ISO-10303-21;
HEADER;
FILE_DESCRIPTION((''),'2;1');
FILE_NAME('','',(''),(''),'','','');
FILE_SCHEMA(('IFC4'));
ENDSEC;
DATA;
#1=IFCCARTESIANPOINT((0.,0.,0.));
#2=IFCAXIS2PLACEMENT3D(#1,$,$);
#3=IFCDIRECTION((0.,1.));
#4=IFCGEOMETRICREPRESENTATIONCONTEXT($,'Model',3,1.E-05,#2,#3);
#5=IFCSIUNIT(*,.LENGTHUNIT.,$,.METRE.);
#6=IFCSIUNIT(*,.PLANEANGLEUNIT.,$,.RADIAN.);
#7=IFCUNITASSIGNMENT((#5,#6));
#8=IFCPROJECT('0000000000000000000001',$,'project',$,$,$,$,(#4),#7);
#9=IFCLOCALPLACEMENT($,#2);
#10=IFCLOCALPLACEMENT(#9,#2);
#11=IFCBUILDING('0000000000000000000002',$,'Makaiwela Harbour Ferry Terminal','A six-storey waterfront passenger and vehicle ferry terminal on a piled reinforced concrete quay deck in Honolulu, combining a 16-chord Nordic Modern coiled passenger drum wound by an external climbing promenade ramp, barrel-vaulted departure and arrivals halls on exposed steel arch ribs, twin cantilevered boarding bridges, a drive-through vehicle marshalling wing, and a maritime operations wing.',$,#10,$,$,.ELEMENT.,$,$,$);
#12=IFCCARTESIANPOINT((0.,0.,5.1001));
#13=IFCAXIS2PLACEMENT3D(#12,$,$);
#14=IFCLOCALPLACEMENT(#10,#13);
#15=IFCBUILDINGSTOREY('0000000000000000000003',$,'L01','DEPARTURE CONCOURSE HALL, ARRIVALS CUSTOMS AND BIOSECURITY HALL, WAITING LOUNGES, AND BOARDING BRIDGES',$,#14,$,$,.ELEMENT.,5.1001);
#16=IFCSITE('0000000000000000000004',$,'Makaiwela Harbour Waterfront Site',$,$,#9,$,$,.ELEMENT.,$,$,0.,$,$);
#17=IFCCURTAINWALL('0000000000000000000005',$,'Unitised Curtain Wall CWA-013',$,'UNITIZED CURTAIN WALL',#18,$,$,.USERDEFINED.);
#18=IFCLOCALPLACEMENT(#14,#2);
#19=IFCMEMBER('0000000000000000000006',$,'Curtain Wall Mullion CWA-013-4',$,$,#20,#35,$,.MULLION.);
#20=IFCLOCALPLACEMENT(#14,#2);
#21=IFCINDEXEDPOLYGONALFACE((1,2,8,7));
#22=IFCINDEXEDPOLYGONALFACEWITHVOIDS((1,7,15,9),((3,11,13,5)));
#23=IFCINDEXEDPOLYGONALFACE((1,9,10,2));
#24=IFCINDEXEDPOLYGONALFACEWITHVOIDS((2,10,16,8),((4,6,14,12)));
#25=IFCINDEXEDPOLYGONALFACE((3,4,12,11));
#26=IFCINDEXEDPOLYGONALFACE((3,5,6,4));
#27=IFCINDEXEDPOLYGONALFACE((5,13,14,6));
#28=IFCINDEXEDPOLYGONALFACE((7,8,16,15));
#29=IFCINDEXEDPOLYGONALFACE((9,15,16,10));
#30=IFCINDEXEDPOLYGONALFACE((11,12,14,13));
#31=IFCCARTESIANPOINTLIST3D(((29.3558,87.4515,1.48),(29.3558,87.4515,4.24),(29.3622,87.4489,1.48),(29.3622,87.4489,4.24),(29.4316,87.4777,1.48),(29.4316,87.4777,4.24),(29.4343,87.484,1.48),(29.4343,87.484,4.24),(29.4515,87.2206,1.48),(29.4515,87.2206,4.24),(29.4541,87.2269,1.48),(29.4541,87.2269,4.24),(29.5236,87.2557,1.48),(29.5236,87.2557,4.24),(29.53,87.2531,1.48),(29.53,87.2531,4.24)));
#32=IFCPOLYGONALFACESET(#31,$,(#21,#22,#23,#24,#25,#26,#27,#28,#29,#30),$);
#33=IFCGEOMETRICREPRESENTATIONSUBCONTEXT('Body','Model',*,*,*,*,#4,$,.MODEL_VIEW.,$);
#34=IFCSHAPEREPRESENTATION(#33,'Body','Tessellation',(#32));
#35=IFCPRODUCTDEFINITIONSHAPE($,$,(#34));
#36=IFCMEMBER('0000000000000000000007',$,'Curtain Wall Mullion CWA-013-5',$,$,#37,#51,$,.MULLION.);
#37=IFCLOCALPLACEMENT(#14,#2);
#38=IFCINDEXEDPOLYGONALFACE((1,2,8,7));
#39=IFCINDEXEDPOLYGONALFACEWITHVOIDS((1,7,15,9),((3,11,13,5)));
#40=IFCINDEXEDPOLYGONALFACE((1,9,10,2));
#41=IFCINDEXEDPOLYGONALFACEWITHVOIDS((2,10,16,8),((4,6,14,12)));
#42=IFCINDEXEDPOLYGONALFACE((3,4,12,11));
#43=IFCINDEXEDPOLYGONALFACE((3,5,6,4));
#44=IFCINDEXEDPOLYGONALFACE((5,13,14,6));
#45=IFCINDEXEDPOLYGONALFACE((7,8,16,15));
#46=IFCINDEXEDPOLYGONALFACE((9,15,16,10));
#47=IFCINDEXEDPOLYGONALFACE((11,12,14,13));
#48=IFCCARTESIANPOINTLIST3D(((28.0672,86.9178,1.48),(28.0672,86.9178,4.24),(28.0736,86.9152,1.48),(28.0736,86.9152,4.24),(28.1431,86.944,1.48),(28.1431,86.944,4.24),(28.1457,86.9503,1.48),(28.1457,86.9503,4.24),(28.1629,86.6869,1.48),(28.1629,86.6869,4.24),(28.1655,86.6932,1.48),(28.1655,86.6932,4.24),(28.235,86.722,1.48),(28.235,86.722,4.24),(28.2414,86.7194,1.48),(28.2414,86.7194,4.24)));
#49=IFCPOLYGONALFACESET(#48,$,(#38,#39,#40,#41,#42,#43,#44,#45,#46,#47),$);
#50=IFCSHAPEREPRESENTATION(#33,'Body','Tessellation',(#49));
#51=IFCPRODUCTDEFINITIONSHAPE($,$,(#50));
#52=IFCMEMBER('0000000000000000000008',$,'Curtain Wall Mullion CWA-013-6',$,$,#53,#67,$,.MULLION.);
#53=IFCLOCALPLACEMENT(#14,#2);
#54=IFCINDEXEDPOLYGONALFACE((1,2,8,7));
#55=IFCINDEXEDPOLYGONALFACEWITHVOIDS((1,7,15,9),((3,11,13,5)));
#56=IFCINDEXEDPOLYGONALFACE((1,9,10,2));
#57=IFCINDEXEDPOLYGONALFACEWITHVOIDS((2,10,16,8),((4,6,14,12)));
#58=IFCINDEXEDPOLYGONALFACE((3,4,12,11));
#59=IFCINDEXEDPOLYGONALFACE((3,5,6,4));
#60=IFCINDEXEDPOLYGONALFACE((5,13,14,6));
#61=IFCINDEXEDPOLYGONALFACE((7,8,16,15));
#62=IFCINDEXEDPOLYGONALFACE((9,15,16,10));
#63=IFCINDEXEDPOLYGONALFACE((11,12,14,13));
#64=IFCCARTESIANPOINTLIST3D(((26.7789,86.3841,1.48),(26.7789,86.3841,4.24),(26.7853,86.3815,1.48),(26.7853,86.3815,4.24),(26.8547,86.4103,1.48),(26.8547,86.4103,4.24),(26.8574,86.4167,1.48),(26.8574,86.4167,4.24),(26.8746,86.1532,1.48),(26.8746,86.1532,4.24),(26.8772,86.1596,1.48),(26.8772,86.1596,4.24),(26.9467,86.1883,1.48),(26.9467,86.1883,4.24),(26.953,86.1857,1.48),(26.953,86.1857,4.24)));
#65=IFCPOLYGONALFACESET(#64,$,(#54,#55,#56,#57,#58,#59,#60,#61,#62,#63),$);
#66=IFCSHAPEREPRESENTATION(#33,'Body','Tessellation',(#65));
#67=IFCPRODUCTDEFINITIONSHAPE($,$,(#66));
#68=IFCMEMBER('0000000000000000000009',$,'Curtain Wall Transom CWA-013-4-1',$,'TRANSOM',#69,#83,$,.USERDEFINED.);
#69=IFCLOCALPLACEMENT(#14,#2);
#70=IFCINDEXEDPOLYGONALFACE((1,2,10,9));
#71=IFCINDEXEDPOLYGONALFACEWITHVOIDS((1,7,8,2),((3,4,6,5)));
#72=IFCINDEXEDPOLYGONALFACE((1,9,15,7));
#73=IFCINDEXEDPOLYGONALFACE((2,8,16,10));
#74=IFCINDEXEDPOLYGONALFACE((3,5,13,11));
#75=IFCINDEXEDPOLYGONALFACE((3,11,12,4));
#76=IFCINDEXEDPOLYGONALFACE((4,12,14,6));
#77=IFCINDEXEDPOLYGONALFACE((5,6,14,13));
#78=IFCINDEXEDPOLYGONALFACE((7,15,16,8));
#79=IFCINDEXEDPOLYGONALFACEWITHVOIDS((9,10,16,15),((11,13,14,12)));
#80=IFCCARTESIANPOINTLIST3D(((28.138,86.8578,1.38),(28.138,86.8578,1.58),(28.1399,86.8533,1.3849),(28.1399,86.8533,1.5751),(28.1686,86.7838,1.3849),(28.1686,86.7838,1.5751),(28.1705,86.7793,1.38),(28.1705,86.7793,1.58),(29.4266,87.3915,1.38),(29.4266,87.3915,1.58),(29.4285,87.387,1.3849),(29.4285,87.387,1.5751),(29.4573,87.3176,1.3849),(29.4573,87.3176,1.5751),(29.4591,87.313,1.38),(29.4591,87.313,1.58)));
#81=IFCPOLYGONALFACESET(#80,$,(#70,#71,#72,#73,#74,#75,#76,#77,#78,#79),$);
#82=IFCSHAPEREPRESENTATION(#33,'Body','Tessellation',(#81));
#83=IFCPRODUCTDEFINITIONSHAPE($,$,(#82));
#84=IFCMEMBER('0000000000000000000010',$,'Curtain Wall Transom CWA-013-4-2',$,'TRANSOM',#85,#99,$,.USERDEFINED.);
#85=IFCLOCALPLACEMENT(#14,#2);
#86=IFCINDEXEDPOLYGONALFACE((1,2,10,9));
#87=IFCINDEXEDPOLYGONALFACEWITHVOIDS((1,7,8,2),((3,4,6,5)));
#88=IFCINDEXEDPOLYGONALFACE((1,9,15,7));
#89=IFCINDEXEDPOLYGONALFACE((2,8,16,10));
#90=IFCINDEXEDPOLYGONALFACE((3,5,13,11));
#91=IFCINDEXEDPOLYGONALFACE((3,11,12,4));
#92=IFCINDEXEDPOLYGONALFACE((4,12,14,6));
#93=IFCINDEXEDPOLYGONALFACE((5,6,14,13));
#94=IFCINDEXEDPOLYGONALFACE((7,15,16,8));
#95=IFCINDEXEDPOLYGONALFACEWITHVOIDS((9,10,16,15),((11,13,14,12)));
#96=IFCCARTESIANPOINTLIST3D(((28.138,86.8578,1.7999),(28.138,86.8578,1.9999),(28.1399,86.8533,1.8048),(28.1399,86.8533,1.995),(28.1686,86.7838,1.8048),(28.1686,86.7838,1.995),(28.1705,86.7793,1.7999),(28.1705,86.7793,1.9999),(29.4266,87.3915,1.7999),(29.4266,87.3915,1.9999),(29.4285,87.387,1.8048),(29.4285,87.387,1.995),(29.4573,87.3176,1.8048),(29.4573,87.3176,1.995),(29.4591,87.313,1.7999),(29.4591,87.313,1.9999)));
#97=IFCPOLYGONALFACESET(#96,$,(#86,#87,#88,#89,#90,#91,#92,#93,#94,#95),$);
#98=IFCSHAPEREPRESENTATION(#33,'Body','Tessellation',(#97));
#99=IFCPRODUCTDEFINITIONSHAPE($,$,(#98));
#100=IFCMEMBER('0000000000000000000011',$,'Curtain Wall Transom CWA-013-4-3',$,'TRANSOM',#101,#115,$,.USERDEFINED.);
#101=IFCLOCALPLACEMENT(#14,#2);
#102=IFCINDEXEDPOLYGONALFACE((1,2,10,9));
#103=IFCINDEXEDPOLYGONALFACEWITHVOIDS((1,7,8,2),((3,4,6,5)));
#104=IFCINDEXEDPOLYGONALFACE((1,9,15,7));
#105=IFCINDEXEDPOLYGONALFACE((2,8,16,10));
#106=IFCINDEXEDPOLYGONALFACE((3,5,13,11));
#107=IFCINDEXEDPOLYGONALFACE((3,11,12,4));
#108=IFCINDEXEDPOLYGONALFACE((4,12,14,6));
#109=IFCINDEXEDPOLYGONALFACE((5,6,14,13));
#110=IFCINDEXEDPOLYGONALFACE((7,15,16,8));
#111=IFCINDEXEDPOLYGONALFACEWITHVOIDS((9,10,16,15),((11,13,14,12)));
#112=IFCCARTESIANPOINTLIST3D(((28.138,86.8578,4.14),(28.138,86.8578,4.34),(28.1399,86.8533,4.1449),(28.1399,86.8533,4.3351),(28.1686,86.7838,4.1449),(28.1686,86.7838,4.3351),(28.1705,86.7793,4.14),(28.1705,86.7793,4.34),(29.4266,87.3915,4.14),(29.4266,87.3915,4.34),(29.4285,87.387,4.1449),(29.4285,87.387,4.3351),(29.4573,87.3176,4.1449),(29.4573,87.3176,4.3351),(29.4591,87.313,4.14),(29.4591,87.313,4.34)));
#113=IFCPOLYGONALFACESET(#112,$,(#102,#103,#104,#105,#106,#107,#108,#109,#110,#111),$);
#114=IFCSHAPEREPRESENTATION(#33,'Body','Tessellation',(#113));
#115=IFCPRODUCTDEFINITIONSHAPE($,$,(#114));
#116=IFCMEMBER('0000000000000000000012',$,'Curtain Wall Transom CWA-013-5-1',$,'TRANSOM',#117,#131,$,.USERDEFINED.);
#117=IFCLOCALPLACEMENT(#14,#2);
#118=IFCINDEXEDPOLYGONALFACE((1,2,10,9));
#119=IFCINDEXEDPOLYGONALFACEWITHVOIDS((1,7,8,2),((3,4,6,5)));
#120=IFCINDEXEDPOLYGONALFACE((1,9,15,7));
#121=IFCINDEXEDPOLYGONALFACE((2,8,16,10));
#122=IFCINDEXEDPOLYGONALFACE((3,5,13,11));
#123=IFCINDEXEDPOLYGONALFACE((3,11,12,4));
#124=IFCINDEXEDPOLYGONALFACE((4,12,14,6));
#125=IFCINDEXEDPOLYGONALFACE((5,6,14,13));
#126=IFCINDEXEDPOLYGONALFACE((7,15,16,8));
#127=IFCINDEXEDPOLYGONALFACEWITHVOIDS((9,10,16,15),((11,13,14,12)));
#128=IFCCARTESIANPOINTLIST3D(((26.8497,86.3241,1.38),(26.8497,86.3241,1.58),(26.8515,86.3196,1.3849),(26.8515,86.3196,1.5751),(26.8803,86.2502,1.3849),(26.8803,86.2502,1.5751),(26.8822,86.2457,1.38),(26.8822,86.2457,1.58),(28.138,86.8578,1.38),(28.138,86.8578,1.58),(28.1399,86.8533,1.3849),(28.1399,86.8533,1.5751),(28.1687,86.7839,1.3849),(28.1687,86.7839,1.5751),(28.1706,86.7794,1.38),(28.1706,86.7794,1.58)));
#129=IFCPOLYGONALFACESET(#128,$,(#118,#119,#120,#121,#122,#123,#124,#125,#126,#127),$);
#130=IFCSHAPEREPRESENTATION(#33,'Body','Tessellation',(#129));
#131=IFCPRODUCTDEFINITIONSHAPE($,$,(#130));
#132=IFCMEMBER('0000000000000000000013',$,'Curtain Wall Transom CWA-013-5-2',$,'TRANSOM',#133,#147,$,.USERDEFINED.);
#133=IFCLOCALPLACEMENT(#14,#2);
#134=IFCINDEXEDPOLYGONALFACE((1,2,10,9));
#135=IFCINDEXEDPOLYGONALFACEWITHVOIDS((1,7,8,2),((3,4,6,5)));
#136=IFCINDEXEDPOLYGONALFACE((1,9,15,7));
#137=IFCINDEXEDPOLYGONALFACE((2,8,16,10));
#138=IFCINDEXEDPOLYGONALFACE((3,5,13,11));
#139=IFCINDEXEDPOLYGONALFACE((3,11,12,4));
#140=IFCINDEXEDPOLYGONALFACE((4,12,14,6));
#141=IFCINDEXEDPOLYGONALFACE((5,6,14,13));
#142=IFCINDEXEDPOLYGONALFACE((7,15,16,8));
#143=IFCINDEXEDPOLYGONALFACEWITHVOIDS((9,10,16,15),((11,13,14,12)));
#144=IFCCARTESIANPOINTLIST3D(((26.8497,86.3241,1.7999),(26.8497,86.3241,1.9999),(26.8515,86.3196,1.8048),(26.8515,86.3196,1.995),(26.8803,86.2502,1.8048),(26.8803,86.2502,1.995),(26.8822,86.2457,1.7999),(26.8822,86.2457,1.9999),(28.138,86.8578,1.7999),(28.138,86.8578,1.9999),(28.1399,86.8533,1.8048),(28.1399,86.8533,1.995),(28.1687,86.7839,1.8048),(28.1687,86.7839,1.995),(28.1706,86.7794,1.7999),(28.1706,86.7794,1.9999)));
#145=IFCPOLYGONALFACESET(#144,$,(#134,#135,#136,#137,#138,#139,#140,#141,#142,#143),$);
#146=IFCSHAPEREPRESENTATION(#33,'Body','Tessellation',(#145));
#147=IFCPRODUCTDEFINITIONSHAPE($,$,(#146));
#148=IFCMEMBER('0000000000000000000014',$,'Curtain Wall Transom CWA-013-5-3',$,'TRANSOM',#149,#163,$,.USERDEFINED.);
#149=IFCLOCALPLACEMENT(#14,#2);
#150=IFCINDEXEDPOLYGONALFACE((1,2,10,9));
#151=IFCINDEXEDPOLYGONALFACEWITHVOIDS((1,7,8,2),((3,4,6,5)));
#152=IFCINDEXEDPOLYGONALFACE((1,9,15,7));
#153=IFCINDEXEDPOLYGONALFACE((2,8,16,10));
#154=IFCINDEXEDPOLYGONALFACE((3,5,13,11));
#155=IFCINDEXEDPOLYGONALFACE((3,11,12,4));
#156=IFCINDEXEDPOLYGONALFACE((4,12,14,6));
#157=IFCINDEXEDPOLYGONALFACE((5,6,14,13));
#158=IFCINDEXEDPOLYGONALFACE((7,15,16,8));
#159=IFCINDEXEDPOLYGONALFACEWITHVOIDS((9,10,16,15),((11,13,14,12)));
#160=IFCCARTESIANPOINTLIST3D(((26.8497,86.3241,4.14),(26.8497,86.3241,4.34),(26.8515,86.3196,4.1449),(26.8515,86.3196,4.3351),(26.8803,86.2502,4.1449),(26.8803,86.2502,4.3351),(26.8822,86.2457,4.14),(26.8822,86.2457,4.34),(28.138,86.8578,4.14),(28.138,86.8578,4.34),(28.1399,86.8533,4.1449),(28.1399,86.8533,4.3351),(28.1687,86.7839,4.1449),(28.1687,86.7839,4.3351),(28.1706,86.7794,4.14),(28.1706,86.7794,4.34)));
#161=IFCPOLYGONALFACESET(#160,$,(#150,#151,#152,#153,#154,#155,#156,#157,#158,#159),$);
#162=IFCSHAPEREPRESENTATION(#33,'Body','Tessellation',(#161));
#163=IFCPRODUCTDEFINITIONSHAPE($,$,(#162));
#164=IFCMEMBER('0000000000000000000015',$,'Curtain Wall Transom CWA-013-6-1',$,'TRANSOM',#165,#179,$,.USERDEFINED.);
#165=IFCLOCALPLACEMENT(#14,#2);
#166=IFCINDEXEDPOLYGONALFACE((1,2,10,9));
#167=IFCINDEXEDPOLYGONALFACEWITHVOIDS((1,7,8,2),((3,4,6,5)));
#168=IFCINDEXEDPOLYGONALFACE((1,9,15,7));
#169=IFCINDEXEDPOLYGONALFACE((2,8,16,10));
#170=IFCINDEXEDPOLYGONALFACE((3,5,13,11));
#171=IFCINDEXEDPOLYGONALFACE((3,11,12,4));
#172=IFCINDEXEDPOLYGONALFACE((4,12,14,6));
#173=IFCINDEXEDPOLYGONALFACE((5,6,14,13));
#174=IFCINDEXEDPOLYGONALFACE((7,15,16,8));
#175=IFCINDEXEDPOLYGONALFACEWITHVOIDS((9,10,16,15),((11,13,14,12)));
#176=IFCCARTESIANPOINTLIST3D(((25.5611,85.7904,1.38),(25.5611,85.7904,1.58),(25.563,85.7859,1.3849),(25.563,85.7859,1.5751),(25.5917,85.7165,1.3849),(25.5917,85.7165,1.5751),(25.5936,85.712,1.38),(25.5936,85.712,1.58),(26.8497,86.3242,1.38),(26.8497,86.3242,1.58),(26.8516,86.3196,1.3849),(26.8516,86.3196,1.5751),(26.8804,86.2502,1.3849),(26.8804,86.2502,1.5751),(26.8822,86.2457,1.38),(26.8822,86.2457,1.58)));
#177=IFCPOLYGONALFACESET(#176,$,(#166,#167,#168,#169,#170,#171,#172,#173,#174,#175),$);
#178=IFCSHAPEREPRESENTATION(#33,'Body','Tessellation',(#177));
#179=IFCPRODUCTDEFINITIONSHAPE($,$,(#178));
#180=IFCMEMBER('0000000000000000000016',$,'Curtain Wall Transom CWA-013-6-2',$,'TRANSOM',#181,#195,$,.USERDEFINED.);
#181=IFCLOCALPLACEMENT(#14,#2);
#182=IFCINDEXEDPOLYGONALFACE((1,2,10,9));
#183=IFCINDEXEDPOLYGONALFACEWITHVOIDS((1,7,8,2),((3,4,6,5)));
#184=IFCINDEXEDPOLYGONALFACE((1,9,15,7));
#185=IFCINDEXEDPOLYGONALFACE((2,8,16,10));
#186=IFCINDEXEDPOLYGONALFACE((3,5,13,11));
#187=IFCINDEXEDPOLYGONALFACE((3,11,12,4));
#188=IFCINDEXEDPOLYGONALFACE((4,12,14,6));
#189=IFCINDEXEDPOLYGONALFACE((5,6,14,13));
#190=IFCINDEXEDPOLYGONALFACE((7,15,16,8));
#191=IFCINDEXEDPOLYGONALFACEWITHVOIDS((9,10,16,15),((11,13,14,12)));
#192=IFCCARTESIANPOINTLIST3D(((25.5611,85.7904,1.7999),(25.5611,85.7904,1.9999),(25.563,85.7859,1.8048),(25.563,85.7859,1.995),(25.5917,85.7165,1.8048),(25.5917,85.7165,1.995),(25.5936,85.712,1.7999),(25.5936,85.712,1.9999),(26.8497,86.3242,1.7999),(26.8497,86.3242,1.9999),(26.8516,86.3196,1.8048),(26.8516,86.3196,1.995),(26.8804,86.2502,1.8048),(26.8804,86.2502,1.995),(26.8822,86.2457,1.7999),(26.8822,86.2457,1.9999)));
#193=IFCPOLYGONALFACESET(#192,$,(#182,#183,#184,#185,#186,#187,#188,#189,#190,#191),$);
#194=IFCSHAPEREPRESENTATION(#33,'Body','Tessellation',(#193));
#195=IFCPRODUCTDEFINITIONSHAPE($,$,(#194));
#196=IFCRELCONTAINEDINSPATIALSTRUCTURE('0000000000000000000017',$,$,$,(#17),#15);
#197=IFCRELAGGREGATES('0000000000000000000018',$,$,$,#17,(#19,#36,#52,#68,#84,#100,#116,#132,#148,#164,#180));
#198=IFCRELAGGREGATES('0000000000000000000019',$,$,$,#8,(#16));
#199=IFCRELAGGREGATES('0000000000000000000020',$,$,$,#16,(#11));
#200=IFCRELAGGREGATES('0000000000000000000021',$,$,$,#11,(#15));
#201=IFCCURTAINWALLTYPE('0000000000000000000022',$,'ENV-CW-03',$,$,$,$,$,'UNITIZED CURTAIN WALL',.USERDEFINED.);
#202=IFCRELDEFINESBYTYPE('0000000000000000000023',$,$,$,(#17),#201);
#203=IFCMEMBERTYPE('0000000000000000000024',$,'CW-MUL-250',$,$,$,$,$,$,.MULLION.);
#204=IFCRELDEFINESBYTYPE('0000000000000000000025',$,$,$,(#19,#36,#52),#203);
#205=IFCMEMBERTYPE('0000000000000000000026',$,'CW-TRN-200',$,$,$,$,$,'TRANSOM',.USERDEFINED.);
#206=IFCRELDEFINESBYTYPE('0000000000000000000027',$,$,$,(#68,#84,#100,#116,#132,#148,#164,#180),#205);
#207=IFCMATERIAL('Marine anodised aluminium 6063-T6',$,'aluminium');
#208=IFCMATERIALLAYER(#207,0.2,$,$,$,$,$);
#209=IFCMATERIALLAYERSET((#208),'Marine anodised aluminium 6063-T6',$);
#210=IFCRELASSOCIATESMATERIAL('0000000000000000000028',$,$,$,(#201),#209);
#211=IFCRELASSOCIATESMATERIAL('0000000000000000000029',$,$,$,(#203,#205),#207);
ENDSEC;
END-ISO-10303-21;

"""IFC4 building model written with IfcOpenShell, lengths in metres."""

from ifc_helpers import new_model, si_unit, direction, frame, origin, origin_2d, place, context, subcontext, project, spatial, hollow_rectangle, extrude, material, layer, layer_set, material_profile, profile_set, type_object, element, aggregate, save


model = new_model("IFC4")

# Units and contexts
model_context = context("Model", 3, precision=1e-05, world=origin(), true_north=direction((0.0, 1.0)))
body_context = subcontext(model_context, "Body", "Model", "MODEL_VIEW")
ifc_project = project(units=[si_unit("LENGTHUNIT", "METRE"), si_unit("PLANEANGLEUNIT", "RADIAN")], contexts=[model_context])

# Site, building, storey
site_placement = place(None, origin())
site = spatial("IfcSite", under=ifc_project, at=site_placement, Name="Makaiwela Harbour Waterfront Site", CompositionType="ELEMENT", RefElevation=0.0)
building_placement = place(site_placement, origin())
building = spatial("IfcBuilding", under=site, at=building_placement, Name="Makaiwela Harbour Ferry Terminal", Description="A six-storey waterfront passenger and vehicle ferry terminal on a piled reinforced concrete quay deck in Honolulu, combining a 16-chord Nordic Modern coiled passenger drum wound by an external climbing promenade ramp, barrel-vaulted departure and arrivals halls on exposed steel arch ribs, twin cantilevered boarding bridges, a drive-through vehicle marshalling wing, and a maritime operations wing.", CompositionType="ELEMENT")
storey_placement = place(building_placement, frame((0.0, 0.0, 5.1001)))
storey = spatial("IfcBuildingStorey", under=building, at=storey_placement, Name="L01", Description="DEPARTURE CONCOURSE HALL, ARRIVALS CUSTOMS AND BIOSECURITY HALL, WAITING LOUNGES, AND BOARDING BRIDGES", CompositionType="ELEMENT", Elevation=5.1001)

# Curtain wall, members
ifc_material_1 = material(Name="Marine anodised aluminium 6063-T6", Category="aluminium")
ifc_layer_1 = layer(ifc_material_1, 0.2)
ifc_layer_set_1 = layer_set([ifc_layer_1], Name="Marine anodised aluminium 6063-T6")
curtain_wall_type = type_object("IfcCurtainWallType", Name="ENV-CW-03", ElementType="UNITIZED CURTAIN WALL", PredefinedType="USERDEFINED", material=ifc_layer_set_1)
curtain_wall_placement = place(storey_placement, origin())
curtain_wall = element("IfcCurtainWall", 1, at=curtain_wall_placement, inside=storey, type_object=curtain_wall_type, Name="Unitised Curtain Wall CWA-013", ObjectType="UNITIZED CURTAIN WALL", PredefinedType="USERDEFINED")
ifc_material_profile_1 = material_profile(ifc_material_1, hollow_rectangle(XDim=0.085, YDim=0.25, WallThickness=0.0049, at=origin_2d()), Name="CWM-250X85")
ifc_profile_set_1 = profile_set([ifc_material_profile_1], Name="Marine anodised aluminium 6063-T6")
member_type_1 = type_object("IfcMemberType", Name="CW-MUL-250", PredefinedType="MULLION", material=ifc_profile_set_1)
member_1_placement = place(storey_placement, frame((29.4429, 87.3523, 1.48), z_axis=(0.0, 0.0, 1.0), x_axis=(0.92388, 0.382683, 0.0)))
member_1 = element("IfcMember", 2, at=member_1_placement, type_object=member_type_1, Name="Curtain Wall Mullion CWA-013-4", PredefinedType="MULLION", context=body_context, shape_type="SweptSolid", body=[
    extrude(hollow_rectangle(XDim=0.085, YDim=0.25, WallThickness=0.0049, at=origin_2d()), origin(), (0.0, 0.0, 1.0), 2.76),
])
member_2_placement = place(storey_placement, frame((28.1543, 86.8186, 1.48), z_axis=(0.0, 0.0, 1.0), x_axis=(0.92388, 0.382683, 0.0)))
member_2 = element("IfcMember", 3, at=member_2_placement, type_object=member_type_1, Name="Curtain Wall Mullion CWA-013-5", PredefinedType="MULLION", context=body_context, shape_type="SweptSolid", body=[
    extrude(hollow_rectangle(XDim=0.085, YDim=0.25, WallThickness=0.0049, at=origin_2d()), origin(), (0.0, 0.0, 1.0), 2.76),
])
member_3_placement = place(storey_placement, frame((26.866, 86.2849, 1.48), z_axis=(0.0, 0.0, 1.0), x_axis=(0.92388, 0.382683, 0.0)))
member_3 = element("IfcMember", 4, at=member_3_placement, type_object=member_type_1, Name="Curtain Wall Mullion CWA-013-6", PredefinedType="MULLION", context=body_context, shape_type="SweptSolid", body=[
    extrude(hollow_rectangle(XDim=0.085, YDim=0.25, WallThickness=0.0049, at=origin_2d()), origin(), (0.0, 0.0, 1.0), 2.76),
])
ifc_material_profile_2 = material_profile(ifc_material_1, hollow_rectangle(XDim=0.085, YDim=0.2, WallThickness=0.0049, at=origin_2d()), Name="CWT-200X85")
ifc_profile_set_2 = profile_set([ifc_material_profile_2], Name="Marine anodised aluminium 6063-T6")
member_type_2 = type_object("IfcMemberType", Name="CW-TRN-200", ElementType="TRANSOM", PredefinedType="USERDEFINED", material=ifc_profile_set_2)
member_4_placement = place(storey_placement, frame((29.4429, 87.3523, 1.48), z_axis=(-0.923893, -0.382651, 0.0), x_axis=(0.382651, -0.923893, 0.0)))
member_4 = element("IfcMember", 5, at=member_4_placement, type_object=member_type_2, Name="Curtain Wall Transom CWA-013-4-1", ObjectType="TRANSOM", PredefinedType="USERDEFINED", context=body_context, shape_type="SweptSolid", body=[
    extrude(hollow_rectangle(XDim=0.085, YDim=0.2, WallThickness=0.0049, at=origin_2d()), origin(), (0.0, 0.0, 1.0), 1.3948),
])
member_5_placement = place(storey_placement, frame((29.4429, 87.3523, 1.8999), z_axis=(-0.923893, -0.382651, 0.0), x_axis=(0.382651, -0.923893, 0.0)))
member_5 = element("IfcMember", 6, at=member_5_placement, type_object=member_type_2, Name="Curtain Wall Transom CWA-013-4-2", ObjectType="TRANSOM", PredefinedType="USERDEFINED", context=body_context, shape_type="SweptSolid", body=[
    extrude(hollow_rectangle(XDim=0.085, YDim=0.2, WallThickness=0.0049, at=origin_2d()), origin(), (0.0, 0.0, 1.0), 1.3948),
])
member_6_placement = place(storey_placement, frame((29.4429, 87.3523, 4.24), z_axis=(-0.923893, -0.382651, 0.0), x_axis=(0.382651, -0.923893, 0.0)))
member_6 = element("IfcMember", 7, at=member_6_placement, type_object=member_type_2, Name="Curtain Wall Transom CWA-013-4-3", ObjectType="TRANSOM", PredefinedType="USERDEFINED", context=body_context, shape_type="SweptSolid", body=[
    extrude(hollow_rectangle(XDim=0.085, YDim=0.2, WallThickness=0.0049, at=origin_2d()), origin(), (0.0, 0.0, 1.0), 1.3948),
])
member_7_placement = place(storey_placement, frame((28.1543, 86.8186, 1.48), z_axis=(-0.923867, -0.382713, 0.0), x_axis=(0.382713, -0.923867, 0.0)))
member_7 = element("IfcMember", 8, at=member_7_placement, type_object=member_type_2, Name="Curtain Wall Transom CWA-013-5-1", ObjectType="TRANSOM", PredefinedType="USERDEFINED", context=body_context, shape_type="SweptSolid", body=[
    extrude(hollow_rectangle(XDim=0.085, YDim=0.2, WallThickness=0.0049, at=origin_2d()), origin(), (0.0, 0.0, 1.0), 1.3945),
])
member_8_placement = place(storey_placement, frame((28.1543, 86.8186, 1.8999), z_axis=(-0.923867, -0.382713, 0.0), x_axis=(0.382713, -0.923867, 0.0)))
member_8 = element("IfcMember", 9, at=member_8_placement, type_object=member_type_2, Name="Curtain Wall Transom CWA-013-5-2", ObjectType="TRANSOM", PredefinedType="USERDEFINED", context=body_context, shape_type="SweptSolid", body=[
    extrude(hollow_rectangle(XDim=0.085, YDim=0.2, WallThickness=0.0049, at=origin_2d()), origin(), (0.0, 0.0, 1.0), 1.3945),
])
member_9_placement = place(storey_placement, frame((28.1543, 86.8186, 4.24), z_axis=(-0.923867, -0.382713, 0.0), x_axis=(0.382713, -0.923867, 0.0)))
member_9 = element("IfcMember", 10, at=member_9_placement, type_object=member_type_2, Name="Curtain Wall Transom CWA-013-5-3", ObjectType="TRANSOM", PredefinedType="USERDEFINED", context=body_context, shape_type="SweptSolid", body=[
    extrude(hollow_rectangle(XDim=0.085, YDim=0.2, WallThickness=0.0049, at=origin_2d()), origin(), (0.0, 0.0, 1.0), 1.3945),
])
member_10_placement = place(storey_placement, frame((26.866, 86.2849, 1.48), z_axis=(-0.923893, -0.382651, 0.0), x_axis=(0.382651, -0.923893, 0.0)))
member_10 = element("IfcMember", 11, at=member_10_placement, type_object=member_type_2, Name="Curtain Wall Transom CWA-013-6-1", ObjectType="TRANSOM", PredefinedType="USERDEFINED", context=body_context, shape_type="SweptSolid", body=[
    extrude(hollow_rectangle(XDim=0.085, YDim=0.2, WallThickness=0.0049, at=origin_2d()), origin(), (0.0, 0.0, 1.0), 1.3948),
])
member_11_placement = place(storey_placement, frame((26.866, 86.2849, 1.8999), z_axis=(-0.923893, -0.382651, 0.0), x_axis=(0.382651, -0.923893, 0.0)))
member_11 = element("IfcMember", 12, at=member_11_placement, type_object=member_type_2, Name="Curtain Wall Transom CWA-013-6-2", ObjectType="TRANSOM", PredefinedType="USERDEFINED", context=body_context, shape_type="SweptSolid", body=[
    extrude(hollow_rectangle(XDim=0.085, YDim=0.2, WallThickness=0.0049, at=origin_2d()), origin(), (0.0, 0.0, 1.0), 1.3948),
])

aggregate(curtain_wall, [member_1, member_2, member_3, member_4, member_5, member_6, member_7, member_8, member_9, member_10, member_11])

save(model, "model.ifc")
